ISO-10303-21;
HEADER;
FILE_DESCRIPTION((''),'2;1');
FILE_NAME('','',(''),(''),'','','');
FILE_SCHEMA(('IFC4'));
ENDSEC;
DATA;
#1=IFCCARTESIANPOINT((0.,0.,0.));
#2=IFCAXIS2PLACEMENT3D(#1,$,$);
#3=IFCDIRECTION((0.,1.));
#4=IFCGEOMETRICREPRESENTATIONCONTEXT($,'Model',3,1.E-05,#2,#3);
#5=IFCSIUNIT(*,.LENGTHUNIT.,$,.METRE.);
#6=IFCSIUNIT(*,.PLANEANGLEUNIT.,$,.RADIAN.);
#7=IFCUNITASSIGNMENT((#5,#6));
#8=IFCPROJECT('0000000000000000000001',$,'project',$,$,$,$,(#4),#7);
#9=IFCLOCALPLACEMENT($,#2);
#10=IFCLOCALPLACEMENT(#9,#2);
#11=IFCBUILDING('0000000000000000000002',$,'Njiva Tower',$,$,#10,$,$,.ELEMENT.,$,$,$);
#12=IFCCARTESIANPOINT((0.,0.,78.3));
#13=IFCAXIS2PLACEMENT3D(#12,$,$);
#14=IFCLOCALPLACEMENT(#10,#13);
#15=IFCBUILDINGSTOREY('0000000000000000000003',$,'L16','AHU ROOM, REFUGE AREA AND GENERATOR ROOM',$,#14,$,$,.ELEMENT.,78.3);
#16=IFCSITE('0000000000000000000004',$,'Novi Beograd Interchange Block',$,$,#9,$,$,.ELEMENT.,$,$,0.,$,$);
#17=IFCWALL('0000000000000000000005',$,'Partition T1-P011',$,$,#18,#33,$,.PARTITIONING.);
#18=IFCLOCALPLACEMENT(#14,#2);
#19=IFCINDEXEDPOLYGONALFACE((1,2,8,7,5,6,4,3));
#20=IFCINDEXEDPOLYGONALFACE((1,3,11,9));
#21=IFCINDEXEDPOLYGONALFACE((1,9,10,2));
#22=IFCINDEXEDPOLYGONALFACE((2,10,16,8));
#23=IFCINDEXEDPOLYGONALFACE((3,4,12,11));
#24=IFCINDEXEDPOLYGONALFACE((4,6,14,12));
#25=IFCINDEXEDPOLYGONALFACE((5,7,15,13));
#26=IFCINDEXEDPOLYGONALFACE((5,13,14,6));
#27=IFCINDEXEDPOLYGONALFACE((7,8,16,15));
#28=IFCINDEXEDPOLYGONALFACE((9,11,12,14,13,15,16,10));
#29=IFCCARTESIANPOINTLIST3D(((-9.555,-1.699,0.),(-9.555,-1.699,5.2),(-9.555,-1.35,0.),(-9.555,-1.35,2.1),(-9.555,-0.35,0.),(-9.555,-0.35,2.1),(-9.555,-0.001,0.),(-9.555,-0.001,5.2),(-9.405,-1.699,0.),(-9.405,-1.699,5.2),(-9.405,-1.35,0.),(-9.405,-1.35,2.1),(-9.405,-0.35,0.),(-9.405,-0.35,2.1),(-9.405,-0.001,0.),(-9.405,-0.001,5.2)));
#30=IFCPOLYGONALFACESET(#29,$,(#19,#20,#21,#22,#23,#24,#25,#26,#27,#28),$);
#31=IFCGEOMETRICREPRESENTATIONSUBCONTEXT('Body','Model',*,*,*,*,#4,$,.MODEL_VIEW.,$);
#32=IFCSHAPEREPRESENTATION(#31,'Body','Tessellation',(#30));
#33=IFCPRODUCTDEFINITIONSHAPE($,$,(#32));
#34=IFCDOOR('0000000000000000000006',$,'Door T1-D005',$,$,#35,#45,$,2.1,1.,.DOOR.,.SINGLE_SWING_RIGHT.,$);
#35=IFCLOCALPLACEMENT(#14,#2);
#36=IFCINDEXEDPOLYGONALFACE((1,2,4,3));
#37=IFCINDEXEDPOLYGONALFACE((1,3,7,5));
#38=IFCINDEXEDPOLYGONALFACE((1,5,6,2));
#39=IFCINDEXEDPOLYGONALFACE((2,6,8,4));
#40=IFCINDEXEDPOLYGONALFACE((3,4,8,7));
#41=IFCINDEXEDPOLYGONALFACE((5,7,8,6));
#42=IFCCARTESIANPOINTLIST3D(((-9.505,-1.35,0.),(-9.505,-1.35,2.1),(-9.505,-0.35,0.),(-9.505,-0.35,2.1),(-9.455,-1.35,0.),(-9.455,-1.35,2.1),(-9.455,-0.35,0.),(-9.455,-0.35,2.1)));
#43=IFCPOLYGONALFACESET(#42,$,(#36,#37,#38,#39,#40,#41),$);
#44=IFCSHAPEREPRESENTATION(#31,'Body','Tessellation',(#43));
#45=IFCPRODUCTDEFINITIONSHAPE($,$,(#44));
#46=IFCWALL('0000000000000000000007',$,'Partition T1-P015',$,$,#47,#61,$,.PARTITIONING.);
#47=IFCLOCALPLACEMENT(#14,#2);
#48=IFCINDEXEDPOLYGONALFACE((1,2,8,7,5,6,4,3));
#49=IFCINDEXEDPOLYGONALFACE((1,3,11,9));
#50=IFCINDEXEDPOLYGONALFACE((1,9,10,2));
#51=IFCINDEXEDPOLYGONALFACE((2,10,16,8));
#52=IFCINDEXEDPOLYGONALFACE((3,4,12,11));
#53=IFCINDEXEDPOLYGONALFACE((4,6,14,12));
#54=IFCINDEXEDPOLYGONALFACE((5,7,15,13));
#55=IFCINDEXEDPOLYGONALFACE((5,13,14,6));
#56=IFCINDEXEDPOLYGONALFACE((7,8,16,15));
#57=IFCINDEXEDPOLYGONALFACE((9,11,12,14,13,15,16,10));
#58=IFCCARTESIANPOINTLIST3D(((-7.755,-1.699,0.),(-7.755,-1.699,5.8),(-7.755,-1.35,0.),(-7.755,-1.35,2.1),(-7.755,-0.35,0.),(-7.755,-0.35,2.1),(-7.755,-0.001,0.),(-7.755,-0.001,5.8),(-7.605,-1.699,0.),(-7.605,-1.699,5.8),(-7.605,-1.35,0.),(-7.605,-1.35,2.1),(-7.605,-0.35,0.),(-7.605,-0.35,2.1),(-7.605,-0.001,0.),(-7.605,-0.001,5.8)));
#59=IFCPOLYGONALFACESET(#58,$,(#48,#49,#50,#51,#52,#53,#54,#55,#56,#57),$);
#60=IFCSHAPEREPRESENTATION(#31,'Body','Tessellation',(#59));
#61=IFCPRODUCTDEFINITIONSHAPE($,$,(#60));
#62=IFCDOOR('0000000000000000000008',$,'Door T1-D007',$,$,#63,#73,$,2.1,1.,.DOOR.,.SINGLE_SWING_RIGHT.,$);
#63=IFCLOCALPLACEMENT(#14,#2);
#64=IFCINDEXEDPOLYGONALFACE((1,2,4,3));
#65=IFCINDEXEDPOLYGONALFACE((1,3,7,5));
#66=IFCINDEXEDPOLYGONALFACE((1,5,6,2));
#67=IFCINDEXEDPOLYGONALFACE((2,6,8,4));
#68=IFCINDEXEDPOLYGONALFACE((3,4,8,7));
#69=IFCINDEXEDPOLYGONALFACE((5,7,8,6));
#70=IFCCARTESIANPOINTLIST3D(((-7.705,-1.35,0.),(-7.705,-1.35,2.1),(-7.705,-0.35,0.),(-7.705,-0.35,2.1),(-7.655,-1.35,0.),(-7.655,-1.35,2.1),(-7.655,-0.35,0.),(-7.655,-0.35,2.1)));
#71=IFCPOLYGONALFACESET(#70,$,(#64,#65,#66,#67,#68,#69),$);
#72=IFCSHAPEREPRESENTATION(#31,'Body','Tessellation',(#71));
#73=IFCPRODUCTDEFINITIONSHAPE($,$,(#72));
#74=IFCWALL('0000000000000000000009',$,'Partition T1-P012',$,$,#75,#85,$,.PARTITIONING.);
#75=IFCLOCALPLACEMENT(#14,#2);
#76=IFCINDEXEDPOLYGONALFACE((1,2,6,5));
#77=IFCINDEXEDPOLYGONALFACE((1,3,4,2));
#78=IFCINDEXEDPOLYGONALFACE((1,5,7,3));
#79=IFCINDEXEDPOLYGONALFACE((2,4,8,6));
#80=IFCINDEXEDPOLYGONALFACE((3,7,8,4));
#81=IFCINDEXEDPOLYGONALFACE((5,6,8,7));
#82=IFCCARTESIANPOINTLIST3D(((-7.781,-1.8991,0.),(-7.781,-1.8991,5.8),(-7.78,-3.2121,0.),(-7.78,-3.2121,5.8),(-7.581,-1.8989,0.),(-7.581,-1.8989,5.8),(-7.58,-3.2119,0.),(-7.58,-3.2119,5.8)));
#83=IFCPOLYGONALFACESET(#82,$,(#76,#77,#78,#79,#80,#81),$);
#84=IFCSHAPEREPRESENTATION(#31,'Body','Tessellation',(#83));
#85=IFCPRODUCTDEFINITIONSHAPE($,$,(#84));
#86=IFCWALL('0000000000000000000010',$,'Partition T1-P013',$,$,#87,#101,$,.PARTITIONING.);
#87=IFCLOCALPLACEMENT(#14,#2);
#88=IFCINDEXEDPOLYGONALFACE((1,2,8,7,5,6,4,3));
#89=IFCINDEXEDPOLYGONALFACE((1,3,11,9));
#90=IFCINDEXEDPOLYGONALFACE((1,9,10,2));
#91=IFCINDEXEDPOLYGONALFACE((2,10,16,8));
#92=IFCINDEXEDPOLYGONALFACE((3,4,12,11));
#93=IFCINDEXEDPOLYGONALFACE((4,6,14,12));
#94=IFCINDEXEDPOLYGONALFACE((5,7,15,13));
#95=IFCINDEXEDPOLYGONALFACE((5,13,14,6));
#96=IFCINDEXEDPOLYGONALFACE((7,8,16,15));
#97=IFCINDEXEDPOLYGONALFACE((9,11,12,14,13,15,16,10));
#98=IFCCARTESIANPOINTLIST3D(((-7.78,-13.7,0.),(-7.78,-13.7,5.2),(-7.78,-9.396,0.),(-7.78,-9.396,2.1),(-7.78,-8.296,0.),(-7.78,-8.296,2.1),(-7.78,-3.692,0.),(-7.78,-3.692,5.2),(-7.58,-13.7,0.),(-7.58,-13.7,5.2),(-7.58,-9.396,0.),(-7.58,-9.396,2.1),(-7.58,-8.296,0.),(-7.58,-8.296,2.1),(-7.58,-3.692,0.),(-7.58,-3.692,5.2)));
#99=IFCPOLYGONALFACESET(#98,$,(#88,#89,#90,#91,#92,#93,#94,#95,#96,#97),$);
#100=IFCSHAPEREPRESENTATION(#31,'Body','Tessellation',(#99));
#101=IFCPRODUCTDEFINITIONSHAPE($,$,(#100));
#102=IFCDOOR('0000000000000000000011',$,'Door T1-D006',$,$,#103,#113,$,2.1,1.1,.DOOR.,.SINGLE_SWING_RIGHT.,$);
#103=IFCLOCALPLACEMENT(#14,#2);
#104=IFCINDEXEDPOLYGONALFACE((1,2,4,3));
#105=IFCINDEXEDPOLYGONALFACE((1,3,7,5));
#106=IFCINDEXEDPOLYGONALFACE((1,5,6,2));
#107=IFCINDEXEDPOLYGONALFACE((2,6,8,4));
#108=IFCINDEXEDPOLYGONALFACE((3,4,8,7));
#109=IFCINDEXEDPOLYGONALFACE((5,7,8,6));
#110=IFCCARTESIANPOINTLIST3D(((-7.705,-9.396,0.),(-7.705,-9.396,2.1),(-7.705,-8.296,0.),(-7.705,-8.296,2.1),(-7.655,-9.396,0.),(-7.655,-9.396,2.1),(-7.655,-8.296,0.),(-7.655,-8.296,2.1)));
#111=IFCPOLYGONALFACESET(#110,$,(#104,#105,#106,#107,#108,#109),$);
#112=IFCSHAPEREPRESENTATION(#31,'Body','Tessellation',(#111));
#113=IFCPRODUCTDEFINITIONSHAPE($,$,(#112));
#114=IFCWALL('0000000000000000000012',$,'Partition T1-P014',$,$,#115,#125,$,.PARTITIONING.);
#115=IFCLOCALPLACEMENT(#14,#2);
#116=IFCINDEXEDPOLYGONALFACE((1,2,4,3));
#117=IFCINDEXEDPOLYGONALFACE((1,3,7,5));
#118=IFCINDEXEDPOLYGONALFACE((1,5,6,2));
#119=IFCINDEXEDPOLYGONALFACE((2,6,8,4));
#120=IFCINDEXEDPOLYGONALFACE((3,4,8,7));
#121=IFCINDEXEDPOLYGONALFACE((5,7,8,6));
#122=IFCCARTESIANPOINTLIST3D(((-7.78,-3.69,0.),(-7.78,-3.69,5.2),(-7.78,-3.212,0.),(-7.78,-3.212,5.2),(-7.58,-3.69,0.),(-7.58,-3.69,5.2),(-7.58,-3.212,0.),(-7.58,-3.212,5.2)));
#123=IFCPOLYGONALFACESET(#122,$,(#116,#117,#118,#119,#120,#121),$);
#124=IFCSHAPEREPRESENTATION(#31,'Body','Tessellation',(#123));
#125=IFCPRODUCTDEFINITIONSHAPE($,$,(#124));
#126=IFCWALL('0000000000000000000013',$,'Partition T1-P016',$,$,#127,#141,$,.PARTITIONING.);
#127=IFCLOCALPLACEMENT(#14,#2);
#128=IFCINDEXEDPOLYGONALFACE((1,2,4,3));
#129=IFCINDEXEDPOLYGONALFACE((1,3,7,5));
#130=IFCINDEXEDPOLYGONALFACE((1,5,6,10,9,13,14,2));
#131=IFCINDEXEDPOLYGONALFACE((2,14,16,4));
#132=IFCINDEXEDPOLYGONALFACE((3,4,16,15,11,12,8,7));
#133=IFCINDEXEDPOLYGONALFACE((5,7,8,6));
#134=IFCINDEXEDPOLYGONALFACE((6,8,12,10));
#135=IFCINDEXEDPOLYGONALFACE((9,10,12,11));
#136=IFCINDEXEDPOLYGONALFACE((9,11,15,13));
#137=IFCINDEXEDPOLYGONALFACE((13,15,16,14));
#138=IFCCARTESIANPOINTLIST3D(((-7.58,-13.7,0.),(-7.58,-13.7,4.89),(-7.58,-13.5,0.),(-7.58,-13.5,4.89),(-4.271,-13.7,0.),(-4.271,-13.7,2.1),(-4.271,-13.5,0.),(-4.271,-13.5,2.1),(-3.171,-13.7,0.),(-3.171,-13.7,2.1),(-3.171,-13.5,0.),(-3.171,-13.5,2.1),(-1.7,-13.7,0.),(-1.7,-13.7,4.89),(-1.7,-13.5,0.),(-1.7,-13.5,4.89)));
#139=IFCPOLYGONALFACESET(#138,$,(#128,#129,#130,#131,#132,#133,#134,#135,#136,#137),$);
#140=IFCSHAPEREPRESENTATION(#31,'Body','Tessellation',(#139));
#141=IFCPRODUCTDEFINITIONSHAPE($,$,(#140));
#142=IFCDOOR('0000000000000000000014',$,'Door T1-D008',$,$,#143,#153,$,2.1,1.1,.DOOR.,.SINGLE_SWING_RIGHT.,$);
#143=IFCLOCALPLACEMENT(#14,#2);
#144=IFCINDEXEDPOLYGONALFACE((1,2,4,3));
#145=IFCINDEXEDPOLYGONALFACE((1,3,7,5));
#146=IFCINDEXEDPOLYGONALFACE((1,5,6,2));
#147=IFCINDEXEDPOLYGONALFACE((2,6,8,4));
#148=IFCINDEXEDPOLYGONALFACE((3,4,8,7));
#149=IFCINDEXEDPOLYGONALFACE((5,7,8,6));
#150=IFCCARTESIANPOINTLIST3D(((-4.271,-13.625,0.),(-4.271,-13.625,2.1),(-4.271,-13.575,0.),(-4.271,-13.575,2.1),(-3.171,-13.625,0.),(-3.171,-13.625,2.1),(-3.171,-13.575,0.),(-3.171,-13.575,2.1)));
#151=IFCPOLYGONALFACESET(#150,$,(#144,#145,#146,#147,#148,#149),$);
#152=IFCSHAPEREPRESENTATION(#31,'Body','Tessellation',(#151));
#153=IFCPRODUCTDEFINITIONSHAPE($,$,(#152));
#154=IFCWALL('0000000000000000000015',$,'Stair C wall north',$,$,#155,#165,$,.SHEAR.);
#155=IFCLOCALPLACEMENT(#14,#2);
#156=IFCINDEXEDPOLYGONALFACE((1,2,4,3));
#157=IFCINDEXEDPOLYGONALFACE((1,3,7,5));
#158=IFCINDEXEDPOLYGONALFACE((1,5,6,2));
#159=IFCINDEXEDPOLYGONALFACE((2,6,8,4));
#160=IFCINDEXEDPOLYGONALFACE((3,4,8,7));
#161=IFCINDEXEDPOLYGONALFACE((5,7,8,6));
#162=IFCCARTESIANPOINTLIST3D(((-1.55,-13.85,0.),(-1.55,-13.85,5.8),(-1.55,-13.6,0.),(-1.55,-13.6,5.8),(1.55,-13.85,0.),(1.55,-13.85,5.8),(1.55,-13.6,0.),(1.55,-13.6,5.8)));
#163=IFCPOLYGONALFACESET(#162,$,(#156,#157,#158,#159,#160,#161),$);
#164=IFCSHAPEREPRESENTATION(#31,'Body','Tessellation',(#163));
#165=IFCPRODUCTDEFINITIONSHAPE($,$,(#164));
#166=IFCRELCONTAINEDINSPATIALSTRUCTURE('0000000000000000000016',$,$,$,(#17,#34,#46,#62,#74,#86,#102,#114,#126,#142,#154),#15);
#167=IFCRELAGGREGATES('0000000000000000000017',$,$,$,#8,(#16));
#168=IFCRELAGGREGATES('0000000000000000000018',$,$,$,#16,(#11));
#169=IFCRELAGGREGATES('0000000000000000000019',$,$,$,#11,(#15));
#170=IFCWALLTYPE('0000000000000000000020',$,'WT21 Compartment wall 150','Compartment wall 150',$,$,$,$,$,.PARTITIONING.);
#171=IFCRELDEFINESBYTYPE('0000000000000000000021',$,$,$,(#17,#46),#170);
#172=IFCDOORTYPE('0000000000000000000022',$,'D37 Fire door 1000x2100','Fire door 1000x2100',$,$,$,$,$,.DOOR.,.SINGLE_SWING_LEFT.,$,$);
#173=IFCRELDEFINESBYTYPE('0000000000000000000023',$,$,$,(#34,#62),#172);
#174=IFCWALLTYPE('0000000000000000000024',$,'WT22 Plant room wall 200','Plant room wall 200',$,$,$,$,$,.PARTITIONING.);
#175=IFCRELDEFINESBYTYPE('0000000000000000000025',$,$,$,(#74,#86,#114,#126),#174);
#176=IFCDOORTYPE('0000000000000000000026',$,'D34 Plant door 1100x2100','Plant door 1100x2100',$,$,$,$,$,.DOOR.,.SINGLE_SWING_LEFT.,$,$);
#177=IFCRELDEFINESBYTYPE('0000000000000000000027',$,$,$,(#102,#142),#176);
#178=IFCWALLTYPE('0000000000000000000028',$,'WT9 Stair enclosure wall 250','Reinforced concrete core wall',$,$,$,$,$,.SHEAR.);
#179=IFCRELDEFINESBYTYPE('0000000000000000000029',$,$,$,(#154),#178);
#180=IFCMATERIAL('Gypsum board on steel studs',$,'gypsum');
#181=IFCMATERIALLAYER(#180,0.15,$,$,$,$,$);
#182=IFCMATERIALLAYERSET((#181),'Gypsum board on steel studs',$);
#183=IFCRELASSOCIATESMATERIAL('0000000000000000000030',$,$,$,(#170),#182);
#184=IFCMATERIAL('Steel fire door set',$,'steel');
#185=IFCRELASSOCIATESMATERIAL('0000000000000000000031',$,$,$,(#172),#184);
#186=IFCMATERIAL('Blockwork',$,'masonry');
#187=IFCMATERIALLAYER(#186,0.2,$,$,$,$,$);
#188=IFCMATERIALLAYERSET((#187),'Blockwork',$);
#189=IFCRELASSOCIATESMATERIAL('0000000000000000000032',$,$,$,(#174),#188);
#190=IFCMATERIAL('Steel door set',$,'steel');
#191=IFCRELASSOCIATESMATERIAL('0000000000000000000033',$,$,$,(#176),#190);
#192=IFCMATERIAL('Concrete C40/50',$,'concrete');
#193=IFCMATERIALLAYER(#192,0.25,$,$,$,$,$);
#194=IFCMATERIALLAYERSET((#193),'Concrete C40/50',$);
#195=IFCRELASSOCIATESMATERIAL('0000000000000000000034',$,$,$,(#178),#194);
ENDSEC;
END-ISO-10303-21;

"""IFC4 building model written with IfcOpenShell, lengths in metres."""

from ifc_helpers import new_model, si_unit, direction, frame, frame_2d, origin, place, context, subcontext, project, spatial, rectangle, extrude, material, layer, layer_set, type_object, element, fill, save


model = new_model("IFC4")

# Units and contexts
model_context = context("Model", 3, precision=1e-05, world=origin(), true_north=direction((0.0, 1.0)))
body_context = subcontext(model_context, "Body", "Model", "MODEL_VIEW")
ifc_project = project(units=[si_unit("LENGTHUNIT", "METRE"), si_unit("PLANEANGLEUNIT", "RADIAN")], contexts=[model_context])

# Site, building, storey
site_placement = place(None, origin())
site = spatial("IfcSite", under=ifc_project, at=site_placement, Name="Novi Beograd Interchange Block", CompositionType="ELEMENT", RefElevation=0.0)
building_placement = place(site_placement, origin())
building = spatial("IfcBuilding", under=site, at=building_placement, Name="Njiva Tower", CompositionType="ELEMENT")
storey_placement = place(building_placement, frame((0.0, 0.0, 78.3)))
storey = spatial("IfcBuildingStorey", under=building, at=storey_placement, Name="L16", Description="AHU ROOM, REFUGE AREA AND GENERATOR ROOM", CompositionType="ELEMENT", Elevation=78.3)

# Walls, openings, doors
ifc_material_1 = material(Name="Gypsum board on steel studs", Category="gypsum")
ifc_layer_1 = layer(ifc_material_1, 0.15)
ifc_layer_set_1 = layer_set([ifc_layer_1], Name="Gypsum board on steel studs")
wall_type_1 = type_object("IfcWallType", Name="WT21 Compartment wall 150", Description="Compartment wall 150", PredefinedType="PARTITIONING", material=ifc_layer_set_1)
wall_1_placement = place(storey_placement, frame((-9.48, -1.699, 0.0), z_axis=(0.0, 0.0, 1.0), x_axis=(0.0, 1.0, 0.0)))
wall_1 = element("IfcWall", 1, at=wall_1_placement, inside=storey, type_object=wall_type_1, Name="Partition T1-P011", PredefinedType="PARTITIONING", context=body_context, shape_type="SweptSolid", body=[
    extrude(rectangle(XDim=1.698, YDim=0.15, at=frame_2d((0.849, 0.0))), origin(), (0.0, 0.0, 1.0), 5.2),
])
opening_1_placement = place(wall_1_placement, frame((0.349, 0.0, 0.0)))
opening_1 = element("IfcOpeningElement", 2, at=opening_1_placement, cuts=wall_1, PredefinedType="OPENING", context=body_context, shape_type="SweptSolid", body=[
    extrude(rectangle(XDim=1.0, YDim=2.1, at=frame_2d((0.5, 1.05))), frame((0.0, 0.085, 0.0), z_axis=(0.0, -1.0, 0.0), x_axis=(1.0, 0.0, 0.0)), (0.0, 0.0, 1.0), 0.17),
])
ifc_material_2 = material(Name="Steel fire door set", Category="steel")
door_type_1 = type_object("IfcDoorType", Name="D37 Fire door 1000x2100", Description="Fire door 1000x2100", OperationType="SINGLE_SWING_LEFT", PredefinedType="DOOR", material=ifc_material_2)
door_1_placement = place(opening_1_placement, origin())
door_1 = element("IfcDoor", 3, at=door_1_placement, inside=storey, type_object=door_type_1, Name="Door T1-D005", OperationType="SINGLE_SWING_RIGHT", OverallHeight=2.1, OverallWidth=1.0, PredefinedType="DOOR", context=body_context, shape_type="SweptSolid", body=[
    extrude(rectangle(XDim=1.0, YDim=2.1, at=frame_2d((0.5, 1.05))), frame((0.0, 0.025, 0.0), z_axis=(0.0, -1.0, 0.0), x_axis=(1.0, 0.0, 0.0)), (0.0, 0.0, 1.0), 0.05),
])
fill(opening_1, door_1)
wall_2_placement = place(storey_placement, frame((-7.68, -1.699, 0.0), z_axis=(0.0, 0.0, 1.0), x_axis=(0.0, 1.0, 0.0)))
wall_2 = element("IfcWall", 4, at=wall_2_placement, inside=storey, type_object=wall_type_1, Name="Partition T1-P015", PredefinedType="PARTITIONING", context=body_context, shape_type="SweptSolid", body=[
    extrude(rectangle(XDim=1.698, YDim=0.15, at=frame_2d((0.849, 0.0))), origin(), (0.0, 0.0, 1.0), 5.8),
])
opening_2_placement = place(wall_2_placement, frame((0.349, 0.0, 0.0)))
opening_2 = element("IfcOpeningElement", 5, at=opening_2_placement, cuts=wall_2, PredefinedType="OPENING", context=body_context, shape_type="SweptSolid", body=[
    extrude(rectangle(XDim=1.0, YDim=2.1, at=frame_2d((0.5, 1.05))), frame((0.0, 0.085, 0.0), z_axis=(0.0, -1.0, 0.0), x_axis=(1.0, 0.0, 0.0)), (0.0, 0.0, 1.0), 0.17),
])
door_2_placement = place(opening_2_placement, origin())
door_2 = element("IfcDoor", 6, at=door_2_placement, inside=storey, type_object=door_type_1, Name="Door T1-D007", OperationType="SINGLE_SWING_RIGHT", OverallHeight=2.1, OverallWidth=1.0, PredefinedType="DOOR", context=body_context, shape_type="SweptSolid", body=[
    extrude(rectangle(XDim=1.0, YDim=2.1, at=frame_2d((0.5, 1.05))), frame((0.0, 0.025, 0.0), z_axis=(0.0, -1.0, 0.0), x_axis=(1.0, 0.0, 0.0)), (0.0, 0.0, 1.0), 0.05),
])
fill(opening_2, door_2)

# Wall
ifc_material_3 = material(Name="Blockwork", Category="masonry")
ifc_layer_2 = layer(ifc_material_3, 0.2)
ifc_layer_set_2 = layer_set([ifc_layer_2], Name="Blockwork")
wall_type_2 = type_object("IfcWallType", Name="WT22 Plant room wall 200", Description="Plant room wall 200", PredefinedType="PARTITIONING", material=ifc_layer_set_2)
wall_3_placement = place(storey_placement, frame((-7.681, -1.899, 0.0), z_axis=(0.0, 0.0, 1.0), x_axis=(0.000762, -1.0, 0.0)))
element("IfcWall", 7, at=wall_3_placement, inside=storey, type_object=wall_type_2, Name="Partition T1-P012", PredefinedType="PARTITIONING", context=body_context, shape_type="SweptSolid", body=[
    extrude(rectangle(XDim=1.313, YDim=0.2, at=frame_2d((0.6565, 0.0))), origin(), (0.0, 0.0, 1.0), 5.8),
])

# Wall, opening, door
wall_4_placement = place(storey_placement, frame((-7.68, -13.7, 0.0), z_axis=(0.0, 0.0, 1.0), x_axis=(0.0, 1.0, 0.0)))
wall_4 = element("IfcWall", 8, at=wall_4_placement, inside=storey, type_object=wall_type_2, Name="Partition T1-P013", PredefinedType="PARTITIONING", context=body_context, shape_type="SweptSolid", body=[
    extrude(rectangle(XDim=10.008, YDim=0.2, at=frame_2d((5.004, 0.0))), origin(), (0.0, 0.0, 1.0), 5.2),
])
opening_3_placement = place(wall_4_placement, frame((4.304, 0.0, 0.0)))
opening_3 = element("IfcOpeningElement", 9, at=opening_3_placement, cuts=wall_4, PredefinedType="OPENING", context=body_context, shape_type="SweptSolid", body=[
    extrude(rectangle(XDim=1.1, YDim=2.1, at=frame_2d((0.55, 1.05))), frame((0.0, 0.11, 0.0), z_axis=(0.0, -1.0, 0.0), x_axis=(1.0, 0.0, 0.0)), (0.0, 0.0, 1.0), 0.22),
])
ifc_material_4 = material(Name="Steel door set", Category="steel")
door_type_2 = type_object("IfcDoorType", Name="D34 Plant door 1100x2100", Description="Plant door 1100x2100", OperationType="SINGLE_SWING_LEFT", PredefinedType="DOOR", material=ifc_material_4)
door_3_placement = place(opening_3_placement, origin())
door_3 = element("IfcDoor", 10, at=door_3_placement, inside=storey, type_object=door_type_2, Name="Door T1-D006", OperationType="SINGLE_SWING_RIGHT", OverallHeight=2.1, OverallWidth=1.1, PredefinedType="DOOR", context=body_context, shape_type="SweptSolid", body=[
    extrude(rectangle(XDim=1.1, YDim=2.1, at=frame_2d((0.55, 1.05))), frame((0.0, 0.025, 0.0), z_axis=(0.0, -1.0, 0.0), x_axis=(1.0, 0.0, 0.0)), (0.0, 0.0, 1.0), 0.05),
])
fill(opening_3, door_3)

# Wall
wall_5_placement = place(storey_placement, frame((-7.68, -3.69, 0.0), z_axis=(0.0, 0.0, 1.0), x_axis=(0.0, 1.0, 0.0)))
element("IfcWall", 11, at=wall_5_placement, inside=storey, type_object=wall_type_2, Name="Partition T1-P014", PredefinedType="PARTITIONING", context=body_context, shape_type="SweptSolid", body=[
    extrude(rectangle(XDim=0.478, YDim=0.2, at=frame_2d((0.239, 0.0))), origin(), (0.0, 0.0, 1.0), 5.2),
])

# Wall, opening, door
wall_6_placement = place(storey_placement, frame((-7.58, -13.6, 0.0), z_axis=(0.0, 0.0, 1.0), x_axis=(1.0, 0.0, 0.0)))
wall_6 = element("IfcWall", 12, at=wall_6_placement, inside=storey, type_object=wall_type_2, Name="Partition T1-P016", PredefinedType="PARTITIONING", context=body_context, shape_type="SweptSolid", body=[
    extrude(rectangle(XDim=5.88, YDim=0.2, at=frame_2d((2.94, 0.0))), origin(), (0.0, 0.0, 1.0), 4.89),
])
opening_4_placement = place(wall_6_placement, frame((3.309, 0.0, 0.0)))
opening_4 = element("IfcOpeningElement", 13, at=opening_4_placement, cuts=wall_6, PredefinedType="OPENING", context=body_context, shape_type="SweptSolid", body=[
    extrude(rectangle(XDim=1.1, YDim=2.1, at=frame_2d((0.55, 1.05))), frame((0.0, 0.11, 0.0), z_axis=(0.0, -1.0, 0.0), x_axis=(1.0, 0.0, 0.0)), (0.0, 0.0, 1.0), 0.22),
])
door_4_placement = place(opening_4_placement, origin())
door_4 = element("IfcDoor", 14, at=door_4_placement, inside=storey, type_object=door_type_2, Name="Door T1-D008", OperationType="SINGLE_SWING_RIGHT", OverallHeight=2.1, OverallWidth=1.1, PredefinedType="DOOR", context=body_context, shape_type="SweptSolid", body=[
    extrude(rectangle(XDim=1.1, YDim=2.1, at=frame_2d((0.55, 1.05))), frame((0.0, 0.025, 0.0), z_axis=(0.0, -1.0, 0.0), x_axis=(1.0, 0.0, 0.0)), (0.0, 0.0, 1.0), 0.05),
])
fill(opening_4, door_4)

# Wall
ifc_material_5 = material(Name="Concrete C40/50", Category="concrete")
ifc_layer_3 = layer(ifc_material_5, 0.25)
ifc_layer_set_3 = layer_set([ifc_layer_3], Name="Concrete C40/50")
wall_type_3 = type_object("IfcWallType", Name="WT9 Stair enclosure wall 250", Description="Reinforced concrete core wall", PredefinedType="SHEAR", material=ifc_layer_set_3)
wall_7_placement = place(storey_placement, frame((-1.55, -13.725, 0.0), z_axis=(0.0, 0.0, 1.0), x_axis=(1.0, 0.0, 0.0)))
element("IfcWall", 15, at=wall_7_placement, inside=storey, type_object=wall_type_3, Name="Stair C wall north", PredefinedType="SHEAR", context=body_context, shape_type="SweptSolid", body=[
    extrude(rectangle(XDim=3.1, YDim=0.25, at=frame_2d((1.55, 0.0))), origin(), (0.0, 0.0, 1.0), 5.8),
])

save(model, "model.ifc")
